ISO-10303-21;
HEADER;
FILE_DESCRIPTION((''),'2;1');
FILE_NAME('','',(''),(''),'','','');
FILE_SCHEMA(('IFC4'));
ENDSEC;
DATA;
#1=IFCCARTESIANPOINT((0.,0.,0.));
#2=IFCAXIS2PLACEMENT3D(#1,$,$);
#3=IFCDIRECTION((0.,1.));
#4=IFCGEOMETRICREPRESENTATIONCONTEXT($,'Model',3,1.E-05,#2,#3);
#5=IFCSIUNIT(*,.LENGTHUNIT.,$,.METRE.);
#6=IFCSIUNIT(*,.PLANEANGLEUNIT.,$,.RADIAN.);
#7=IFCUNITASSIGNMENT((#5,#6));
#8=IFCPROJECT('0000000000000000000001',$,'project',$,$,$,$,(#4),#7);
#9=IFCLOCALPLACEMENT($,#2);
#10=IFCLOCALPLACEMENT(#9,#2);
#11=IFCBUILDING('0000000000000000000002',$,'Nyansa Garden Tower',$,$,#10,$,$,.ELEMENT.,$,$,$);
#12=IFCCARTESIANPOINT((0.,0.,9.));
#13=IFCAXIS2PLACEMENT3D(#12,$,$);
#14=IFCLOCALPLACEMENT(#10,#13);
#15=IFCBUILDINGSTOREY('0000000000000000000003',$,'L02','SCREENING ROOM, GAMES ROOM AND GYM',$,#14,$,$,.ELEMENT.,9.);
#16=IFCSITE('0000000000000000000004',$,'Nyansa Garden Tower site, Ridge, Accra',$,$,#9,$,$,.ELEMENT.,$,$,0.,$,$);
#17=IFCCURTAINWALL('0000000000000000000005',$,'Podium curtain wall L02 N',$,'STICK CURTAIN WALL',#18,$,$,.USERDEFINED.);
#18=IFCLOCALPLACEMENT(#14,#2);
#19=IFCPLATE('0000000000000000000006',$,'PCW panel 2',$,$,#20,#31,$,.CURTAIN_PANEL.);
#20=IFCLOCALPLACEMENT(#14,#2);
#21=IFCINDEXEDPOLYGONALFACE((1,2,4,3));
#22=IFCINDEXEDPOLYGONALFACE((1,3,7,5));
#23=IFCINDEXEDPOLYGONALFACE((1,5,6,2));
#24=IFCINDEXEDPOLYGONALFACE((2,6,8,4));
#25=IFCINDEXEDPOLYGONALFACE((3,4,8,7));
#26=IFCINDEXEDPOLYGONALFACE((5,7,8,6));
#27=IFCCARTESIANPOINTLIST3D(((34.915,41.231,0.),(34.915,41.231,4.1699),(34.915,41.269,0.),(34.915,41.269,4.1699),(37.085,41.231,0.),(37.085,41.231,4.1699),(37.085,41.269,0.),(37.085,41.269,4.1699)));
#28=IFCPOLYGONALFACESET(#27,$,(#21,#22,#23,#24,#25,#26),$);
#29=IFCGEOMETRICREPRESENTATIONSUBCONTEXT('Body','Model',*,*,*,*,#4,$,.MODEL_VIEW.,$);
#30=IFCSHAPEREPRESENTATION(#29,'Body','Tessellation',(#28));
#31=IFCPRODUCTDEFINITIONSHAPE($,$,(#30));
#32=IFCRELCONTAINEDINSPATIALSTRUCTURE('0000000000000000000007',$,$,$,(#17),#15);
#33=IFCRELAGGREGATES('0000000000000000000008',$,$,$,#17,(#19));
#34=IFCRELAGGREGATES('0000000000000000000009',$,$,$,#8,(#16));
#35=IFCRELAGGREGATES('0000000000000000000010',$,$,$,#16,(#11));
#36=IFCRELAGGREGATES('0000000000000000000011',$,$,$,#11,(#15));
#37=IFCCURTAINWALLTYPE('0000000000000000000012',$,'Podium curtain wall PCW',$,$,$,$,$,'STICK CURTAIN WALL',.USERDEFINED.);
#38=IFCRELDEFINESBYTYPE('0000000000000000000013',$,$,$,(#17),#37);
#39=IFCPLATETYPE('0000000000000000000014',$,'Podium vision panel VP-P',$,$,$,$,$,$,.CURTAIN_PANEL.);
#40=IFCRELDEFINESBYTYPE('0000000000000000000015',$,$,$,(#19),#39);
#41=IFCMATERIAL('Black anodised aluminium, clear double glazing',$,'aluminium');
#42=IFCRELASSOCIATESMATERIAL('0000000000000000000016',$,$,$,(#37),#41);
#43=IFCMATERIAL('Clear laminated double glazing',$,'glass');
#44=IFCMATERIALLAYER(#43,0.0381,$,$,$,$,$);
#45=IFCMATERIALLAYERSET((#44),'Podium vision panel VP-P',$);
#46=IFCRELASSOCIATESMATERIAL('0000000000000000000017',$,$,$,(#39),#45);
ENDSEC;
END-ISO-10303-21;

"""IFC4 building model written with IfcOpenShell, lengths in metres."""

from ifc_helpers import new_model, si_unit, direction, frame, origin, origin_2d, place, context, subcontext, project, spatial, rectangle, extrude, material, layer, layer_set, type_object, element, aggregate, save


model = new_model("IFC4")

# Units and contexts
model_context = context("Model", 3, precision=1e-05, world=origin(), true_north=direction((0.0, 1.0)))
body_context = subcontext(model_context, "Body", "Model", "MODEL_VIEW")
ifc_project = project(units=[si_unit("LENGTHUNIT", "METRE"), si_unit("PLANEANGLEUNIT", "RADIAN")], contexts=[model_context])

# Site, building, storey
site_placement = place(None, origin())
site = spatial("IfcSite", under=ifc_project, at=site_placement, Name="Nyansa Garden Tower site, Ridge, Accra", CompositionType="ELEMENT", RefElevation=0.0)
building_placement = place(site_placement, origin())
building = spatial("IfcBuilding", under=site, at=building_placement, Name="Nyansa Garden Tower", CompositionType="ELEMENT")
storey_placement = place(building_placement, frame((0.0, 0.0, 9.0)))
storey = spatial("IfcBuildingStorey", under=building, at=storey_placement, Name="L02", Description="SCREENING ROOM, GAMES ROOM AND GYM", CompositionType="ELEMENT", Elevation=9.0)

# Curtain wall
ifc_material_1 = material(Name="Black anodised aluminium, clear double glazing", Category="aluminium")
curtain_wall_type = type_object("IfcCurtainWallType", Name="Podium curtain wall PCW", ElementType="STICK CURTAIN WALL", PredefinedType="USERDEFINED", material=ifc_material_1)
curtain_wall_1_placement = place(storey_placement, origin())
curtain_wall_1 = element("IfcCurtainWall", 1, at=curtain_wall_1_placement, inside=storey, type_object=curtain_wall_type, Name="Podium curtain wall L02 N", ObjectType="STICK CURTAIN WALL", PredefinedType="USERDEFINED")

# Plate
ifc_material_2 = material(Name="Clear laminated double glazing", Category="glass")
ifc_layer = layer(ifc_material_2, 0.0381)
ifc_layer_set = layer_set([ifc_layer], Name="Podium vision panel VP-P")
plate_type = type_object("IfcPlateType", Name="Podium vision panel VP-P", PredefinedType="CURTAIN_PANEL", material=ifc_layer_set)
plate_1_placement = place(storey_placement, frame((36.0, 41.25, 0.0), z_axis=(0.0, 0.0, 1.0), x_axis=(-1.0, 0.0, 0.0)))
plate_1 = element("IfcPlate", 2, at=plate_1_placement, type_object=plate_type, Name="PCW panel 2", PredefinedType="CURTAIN_PANEL", context=body_context, shape_type="SweptSolid", body=[
    extrude(rectangle(XDim=2.1699, YDim=0.0381, at=origin_2d()), origin(), (0.0, 0.0, 1.0), 4.1699),
])
aggregate(curtain_wall_1, [plate_1])

save(model, "model.ifc")
